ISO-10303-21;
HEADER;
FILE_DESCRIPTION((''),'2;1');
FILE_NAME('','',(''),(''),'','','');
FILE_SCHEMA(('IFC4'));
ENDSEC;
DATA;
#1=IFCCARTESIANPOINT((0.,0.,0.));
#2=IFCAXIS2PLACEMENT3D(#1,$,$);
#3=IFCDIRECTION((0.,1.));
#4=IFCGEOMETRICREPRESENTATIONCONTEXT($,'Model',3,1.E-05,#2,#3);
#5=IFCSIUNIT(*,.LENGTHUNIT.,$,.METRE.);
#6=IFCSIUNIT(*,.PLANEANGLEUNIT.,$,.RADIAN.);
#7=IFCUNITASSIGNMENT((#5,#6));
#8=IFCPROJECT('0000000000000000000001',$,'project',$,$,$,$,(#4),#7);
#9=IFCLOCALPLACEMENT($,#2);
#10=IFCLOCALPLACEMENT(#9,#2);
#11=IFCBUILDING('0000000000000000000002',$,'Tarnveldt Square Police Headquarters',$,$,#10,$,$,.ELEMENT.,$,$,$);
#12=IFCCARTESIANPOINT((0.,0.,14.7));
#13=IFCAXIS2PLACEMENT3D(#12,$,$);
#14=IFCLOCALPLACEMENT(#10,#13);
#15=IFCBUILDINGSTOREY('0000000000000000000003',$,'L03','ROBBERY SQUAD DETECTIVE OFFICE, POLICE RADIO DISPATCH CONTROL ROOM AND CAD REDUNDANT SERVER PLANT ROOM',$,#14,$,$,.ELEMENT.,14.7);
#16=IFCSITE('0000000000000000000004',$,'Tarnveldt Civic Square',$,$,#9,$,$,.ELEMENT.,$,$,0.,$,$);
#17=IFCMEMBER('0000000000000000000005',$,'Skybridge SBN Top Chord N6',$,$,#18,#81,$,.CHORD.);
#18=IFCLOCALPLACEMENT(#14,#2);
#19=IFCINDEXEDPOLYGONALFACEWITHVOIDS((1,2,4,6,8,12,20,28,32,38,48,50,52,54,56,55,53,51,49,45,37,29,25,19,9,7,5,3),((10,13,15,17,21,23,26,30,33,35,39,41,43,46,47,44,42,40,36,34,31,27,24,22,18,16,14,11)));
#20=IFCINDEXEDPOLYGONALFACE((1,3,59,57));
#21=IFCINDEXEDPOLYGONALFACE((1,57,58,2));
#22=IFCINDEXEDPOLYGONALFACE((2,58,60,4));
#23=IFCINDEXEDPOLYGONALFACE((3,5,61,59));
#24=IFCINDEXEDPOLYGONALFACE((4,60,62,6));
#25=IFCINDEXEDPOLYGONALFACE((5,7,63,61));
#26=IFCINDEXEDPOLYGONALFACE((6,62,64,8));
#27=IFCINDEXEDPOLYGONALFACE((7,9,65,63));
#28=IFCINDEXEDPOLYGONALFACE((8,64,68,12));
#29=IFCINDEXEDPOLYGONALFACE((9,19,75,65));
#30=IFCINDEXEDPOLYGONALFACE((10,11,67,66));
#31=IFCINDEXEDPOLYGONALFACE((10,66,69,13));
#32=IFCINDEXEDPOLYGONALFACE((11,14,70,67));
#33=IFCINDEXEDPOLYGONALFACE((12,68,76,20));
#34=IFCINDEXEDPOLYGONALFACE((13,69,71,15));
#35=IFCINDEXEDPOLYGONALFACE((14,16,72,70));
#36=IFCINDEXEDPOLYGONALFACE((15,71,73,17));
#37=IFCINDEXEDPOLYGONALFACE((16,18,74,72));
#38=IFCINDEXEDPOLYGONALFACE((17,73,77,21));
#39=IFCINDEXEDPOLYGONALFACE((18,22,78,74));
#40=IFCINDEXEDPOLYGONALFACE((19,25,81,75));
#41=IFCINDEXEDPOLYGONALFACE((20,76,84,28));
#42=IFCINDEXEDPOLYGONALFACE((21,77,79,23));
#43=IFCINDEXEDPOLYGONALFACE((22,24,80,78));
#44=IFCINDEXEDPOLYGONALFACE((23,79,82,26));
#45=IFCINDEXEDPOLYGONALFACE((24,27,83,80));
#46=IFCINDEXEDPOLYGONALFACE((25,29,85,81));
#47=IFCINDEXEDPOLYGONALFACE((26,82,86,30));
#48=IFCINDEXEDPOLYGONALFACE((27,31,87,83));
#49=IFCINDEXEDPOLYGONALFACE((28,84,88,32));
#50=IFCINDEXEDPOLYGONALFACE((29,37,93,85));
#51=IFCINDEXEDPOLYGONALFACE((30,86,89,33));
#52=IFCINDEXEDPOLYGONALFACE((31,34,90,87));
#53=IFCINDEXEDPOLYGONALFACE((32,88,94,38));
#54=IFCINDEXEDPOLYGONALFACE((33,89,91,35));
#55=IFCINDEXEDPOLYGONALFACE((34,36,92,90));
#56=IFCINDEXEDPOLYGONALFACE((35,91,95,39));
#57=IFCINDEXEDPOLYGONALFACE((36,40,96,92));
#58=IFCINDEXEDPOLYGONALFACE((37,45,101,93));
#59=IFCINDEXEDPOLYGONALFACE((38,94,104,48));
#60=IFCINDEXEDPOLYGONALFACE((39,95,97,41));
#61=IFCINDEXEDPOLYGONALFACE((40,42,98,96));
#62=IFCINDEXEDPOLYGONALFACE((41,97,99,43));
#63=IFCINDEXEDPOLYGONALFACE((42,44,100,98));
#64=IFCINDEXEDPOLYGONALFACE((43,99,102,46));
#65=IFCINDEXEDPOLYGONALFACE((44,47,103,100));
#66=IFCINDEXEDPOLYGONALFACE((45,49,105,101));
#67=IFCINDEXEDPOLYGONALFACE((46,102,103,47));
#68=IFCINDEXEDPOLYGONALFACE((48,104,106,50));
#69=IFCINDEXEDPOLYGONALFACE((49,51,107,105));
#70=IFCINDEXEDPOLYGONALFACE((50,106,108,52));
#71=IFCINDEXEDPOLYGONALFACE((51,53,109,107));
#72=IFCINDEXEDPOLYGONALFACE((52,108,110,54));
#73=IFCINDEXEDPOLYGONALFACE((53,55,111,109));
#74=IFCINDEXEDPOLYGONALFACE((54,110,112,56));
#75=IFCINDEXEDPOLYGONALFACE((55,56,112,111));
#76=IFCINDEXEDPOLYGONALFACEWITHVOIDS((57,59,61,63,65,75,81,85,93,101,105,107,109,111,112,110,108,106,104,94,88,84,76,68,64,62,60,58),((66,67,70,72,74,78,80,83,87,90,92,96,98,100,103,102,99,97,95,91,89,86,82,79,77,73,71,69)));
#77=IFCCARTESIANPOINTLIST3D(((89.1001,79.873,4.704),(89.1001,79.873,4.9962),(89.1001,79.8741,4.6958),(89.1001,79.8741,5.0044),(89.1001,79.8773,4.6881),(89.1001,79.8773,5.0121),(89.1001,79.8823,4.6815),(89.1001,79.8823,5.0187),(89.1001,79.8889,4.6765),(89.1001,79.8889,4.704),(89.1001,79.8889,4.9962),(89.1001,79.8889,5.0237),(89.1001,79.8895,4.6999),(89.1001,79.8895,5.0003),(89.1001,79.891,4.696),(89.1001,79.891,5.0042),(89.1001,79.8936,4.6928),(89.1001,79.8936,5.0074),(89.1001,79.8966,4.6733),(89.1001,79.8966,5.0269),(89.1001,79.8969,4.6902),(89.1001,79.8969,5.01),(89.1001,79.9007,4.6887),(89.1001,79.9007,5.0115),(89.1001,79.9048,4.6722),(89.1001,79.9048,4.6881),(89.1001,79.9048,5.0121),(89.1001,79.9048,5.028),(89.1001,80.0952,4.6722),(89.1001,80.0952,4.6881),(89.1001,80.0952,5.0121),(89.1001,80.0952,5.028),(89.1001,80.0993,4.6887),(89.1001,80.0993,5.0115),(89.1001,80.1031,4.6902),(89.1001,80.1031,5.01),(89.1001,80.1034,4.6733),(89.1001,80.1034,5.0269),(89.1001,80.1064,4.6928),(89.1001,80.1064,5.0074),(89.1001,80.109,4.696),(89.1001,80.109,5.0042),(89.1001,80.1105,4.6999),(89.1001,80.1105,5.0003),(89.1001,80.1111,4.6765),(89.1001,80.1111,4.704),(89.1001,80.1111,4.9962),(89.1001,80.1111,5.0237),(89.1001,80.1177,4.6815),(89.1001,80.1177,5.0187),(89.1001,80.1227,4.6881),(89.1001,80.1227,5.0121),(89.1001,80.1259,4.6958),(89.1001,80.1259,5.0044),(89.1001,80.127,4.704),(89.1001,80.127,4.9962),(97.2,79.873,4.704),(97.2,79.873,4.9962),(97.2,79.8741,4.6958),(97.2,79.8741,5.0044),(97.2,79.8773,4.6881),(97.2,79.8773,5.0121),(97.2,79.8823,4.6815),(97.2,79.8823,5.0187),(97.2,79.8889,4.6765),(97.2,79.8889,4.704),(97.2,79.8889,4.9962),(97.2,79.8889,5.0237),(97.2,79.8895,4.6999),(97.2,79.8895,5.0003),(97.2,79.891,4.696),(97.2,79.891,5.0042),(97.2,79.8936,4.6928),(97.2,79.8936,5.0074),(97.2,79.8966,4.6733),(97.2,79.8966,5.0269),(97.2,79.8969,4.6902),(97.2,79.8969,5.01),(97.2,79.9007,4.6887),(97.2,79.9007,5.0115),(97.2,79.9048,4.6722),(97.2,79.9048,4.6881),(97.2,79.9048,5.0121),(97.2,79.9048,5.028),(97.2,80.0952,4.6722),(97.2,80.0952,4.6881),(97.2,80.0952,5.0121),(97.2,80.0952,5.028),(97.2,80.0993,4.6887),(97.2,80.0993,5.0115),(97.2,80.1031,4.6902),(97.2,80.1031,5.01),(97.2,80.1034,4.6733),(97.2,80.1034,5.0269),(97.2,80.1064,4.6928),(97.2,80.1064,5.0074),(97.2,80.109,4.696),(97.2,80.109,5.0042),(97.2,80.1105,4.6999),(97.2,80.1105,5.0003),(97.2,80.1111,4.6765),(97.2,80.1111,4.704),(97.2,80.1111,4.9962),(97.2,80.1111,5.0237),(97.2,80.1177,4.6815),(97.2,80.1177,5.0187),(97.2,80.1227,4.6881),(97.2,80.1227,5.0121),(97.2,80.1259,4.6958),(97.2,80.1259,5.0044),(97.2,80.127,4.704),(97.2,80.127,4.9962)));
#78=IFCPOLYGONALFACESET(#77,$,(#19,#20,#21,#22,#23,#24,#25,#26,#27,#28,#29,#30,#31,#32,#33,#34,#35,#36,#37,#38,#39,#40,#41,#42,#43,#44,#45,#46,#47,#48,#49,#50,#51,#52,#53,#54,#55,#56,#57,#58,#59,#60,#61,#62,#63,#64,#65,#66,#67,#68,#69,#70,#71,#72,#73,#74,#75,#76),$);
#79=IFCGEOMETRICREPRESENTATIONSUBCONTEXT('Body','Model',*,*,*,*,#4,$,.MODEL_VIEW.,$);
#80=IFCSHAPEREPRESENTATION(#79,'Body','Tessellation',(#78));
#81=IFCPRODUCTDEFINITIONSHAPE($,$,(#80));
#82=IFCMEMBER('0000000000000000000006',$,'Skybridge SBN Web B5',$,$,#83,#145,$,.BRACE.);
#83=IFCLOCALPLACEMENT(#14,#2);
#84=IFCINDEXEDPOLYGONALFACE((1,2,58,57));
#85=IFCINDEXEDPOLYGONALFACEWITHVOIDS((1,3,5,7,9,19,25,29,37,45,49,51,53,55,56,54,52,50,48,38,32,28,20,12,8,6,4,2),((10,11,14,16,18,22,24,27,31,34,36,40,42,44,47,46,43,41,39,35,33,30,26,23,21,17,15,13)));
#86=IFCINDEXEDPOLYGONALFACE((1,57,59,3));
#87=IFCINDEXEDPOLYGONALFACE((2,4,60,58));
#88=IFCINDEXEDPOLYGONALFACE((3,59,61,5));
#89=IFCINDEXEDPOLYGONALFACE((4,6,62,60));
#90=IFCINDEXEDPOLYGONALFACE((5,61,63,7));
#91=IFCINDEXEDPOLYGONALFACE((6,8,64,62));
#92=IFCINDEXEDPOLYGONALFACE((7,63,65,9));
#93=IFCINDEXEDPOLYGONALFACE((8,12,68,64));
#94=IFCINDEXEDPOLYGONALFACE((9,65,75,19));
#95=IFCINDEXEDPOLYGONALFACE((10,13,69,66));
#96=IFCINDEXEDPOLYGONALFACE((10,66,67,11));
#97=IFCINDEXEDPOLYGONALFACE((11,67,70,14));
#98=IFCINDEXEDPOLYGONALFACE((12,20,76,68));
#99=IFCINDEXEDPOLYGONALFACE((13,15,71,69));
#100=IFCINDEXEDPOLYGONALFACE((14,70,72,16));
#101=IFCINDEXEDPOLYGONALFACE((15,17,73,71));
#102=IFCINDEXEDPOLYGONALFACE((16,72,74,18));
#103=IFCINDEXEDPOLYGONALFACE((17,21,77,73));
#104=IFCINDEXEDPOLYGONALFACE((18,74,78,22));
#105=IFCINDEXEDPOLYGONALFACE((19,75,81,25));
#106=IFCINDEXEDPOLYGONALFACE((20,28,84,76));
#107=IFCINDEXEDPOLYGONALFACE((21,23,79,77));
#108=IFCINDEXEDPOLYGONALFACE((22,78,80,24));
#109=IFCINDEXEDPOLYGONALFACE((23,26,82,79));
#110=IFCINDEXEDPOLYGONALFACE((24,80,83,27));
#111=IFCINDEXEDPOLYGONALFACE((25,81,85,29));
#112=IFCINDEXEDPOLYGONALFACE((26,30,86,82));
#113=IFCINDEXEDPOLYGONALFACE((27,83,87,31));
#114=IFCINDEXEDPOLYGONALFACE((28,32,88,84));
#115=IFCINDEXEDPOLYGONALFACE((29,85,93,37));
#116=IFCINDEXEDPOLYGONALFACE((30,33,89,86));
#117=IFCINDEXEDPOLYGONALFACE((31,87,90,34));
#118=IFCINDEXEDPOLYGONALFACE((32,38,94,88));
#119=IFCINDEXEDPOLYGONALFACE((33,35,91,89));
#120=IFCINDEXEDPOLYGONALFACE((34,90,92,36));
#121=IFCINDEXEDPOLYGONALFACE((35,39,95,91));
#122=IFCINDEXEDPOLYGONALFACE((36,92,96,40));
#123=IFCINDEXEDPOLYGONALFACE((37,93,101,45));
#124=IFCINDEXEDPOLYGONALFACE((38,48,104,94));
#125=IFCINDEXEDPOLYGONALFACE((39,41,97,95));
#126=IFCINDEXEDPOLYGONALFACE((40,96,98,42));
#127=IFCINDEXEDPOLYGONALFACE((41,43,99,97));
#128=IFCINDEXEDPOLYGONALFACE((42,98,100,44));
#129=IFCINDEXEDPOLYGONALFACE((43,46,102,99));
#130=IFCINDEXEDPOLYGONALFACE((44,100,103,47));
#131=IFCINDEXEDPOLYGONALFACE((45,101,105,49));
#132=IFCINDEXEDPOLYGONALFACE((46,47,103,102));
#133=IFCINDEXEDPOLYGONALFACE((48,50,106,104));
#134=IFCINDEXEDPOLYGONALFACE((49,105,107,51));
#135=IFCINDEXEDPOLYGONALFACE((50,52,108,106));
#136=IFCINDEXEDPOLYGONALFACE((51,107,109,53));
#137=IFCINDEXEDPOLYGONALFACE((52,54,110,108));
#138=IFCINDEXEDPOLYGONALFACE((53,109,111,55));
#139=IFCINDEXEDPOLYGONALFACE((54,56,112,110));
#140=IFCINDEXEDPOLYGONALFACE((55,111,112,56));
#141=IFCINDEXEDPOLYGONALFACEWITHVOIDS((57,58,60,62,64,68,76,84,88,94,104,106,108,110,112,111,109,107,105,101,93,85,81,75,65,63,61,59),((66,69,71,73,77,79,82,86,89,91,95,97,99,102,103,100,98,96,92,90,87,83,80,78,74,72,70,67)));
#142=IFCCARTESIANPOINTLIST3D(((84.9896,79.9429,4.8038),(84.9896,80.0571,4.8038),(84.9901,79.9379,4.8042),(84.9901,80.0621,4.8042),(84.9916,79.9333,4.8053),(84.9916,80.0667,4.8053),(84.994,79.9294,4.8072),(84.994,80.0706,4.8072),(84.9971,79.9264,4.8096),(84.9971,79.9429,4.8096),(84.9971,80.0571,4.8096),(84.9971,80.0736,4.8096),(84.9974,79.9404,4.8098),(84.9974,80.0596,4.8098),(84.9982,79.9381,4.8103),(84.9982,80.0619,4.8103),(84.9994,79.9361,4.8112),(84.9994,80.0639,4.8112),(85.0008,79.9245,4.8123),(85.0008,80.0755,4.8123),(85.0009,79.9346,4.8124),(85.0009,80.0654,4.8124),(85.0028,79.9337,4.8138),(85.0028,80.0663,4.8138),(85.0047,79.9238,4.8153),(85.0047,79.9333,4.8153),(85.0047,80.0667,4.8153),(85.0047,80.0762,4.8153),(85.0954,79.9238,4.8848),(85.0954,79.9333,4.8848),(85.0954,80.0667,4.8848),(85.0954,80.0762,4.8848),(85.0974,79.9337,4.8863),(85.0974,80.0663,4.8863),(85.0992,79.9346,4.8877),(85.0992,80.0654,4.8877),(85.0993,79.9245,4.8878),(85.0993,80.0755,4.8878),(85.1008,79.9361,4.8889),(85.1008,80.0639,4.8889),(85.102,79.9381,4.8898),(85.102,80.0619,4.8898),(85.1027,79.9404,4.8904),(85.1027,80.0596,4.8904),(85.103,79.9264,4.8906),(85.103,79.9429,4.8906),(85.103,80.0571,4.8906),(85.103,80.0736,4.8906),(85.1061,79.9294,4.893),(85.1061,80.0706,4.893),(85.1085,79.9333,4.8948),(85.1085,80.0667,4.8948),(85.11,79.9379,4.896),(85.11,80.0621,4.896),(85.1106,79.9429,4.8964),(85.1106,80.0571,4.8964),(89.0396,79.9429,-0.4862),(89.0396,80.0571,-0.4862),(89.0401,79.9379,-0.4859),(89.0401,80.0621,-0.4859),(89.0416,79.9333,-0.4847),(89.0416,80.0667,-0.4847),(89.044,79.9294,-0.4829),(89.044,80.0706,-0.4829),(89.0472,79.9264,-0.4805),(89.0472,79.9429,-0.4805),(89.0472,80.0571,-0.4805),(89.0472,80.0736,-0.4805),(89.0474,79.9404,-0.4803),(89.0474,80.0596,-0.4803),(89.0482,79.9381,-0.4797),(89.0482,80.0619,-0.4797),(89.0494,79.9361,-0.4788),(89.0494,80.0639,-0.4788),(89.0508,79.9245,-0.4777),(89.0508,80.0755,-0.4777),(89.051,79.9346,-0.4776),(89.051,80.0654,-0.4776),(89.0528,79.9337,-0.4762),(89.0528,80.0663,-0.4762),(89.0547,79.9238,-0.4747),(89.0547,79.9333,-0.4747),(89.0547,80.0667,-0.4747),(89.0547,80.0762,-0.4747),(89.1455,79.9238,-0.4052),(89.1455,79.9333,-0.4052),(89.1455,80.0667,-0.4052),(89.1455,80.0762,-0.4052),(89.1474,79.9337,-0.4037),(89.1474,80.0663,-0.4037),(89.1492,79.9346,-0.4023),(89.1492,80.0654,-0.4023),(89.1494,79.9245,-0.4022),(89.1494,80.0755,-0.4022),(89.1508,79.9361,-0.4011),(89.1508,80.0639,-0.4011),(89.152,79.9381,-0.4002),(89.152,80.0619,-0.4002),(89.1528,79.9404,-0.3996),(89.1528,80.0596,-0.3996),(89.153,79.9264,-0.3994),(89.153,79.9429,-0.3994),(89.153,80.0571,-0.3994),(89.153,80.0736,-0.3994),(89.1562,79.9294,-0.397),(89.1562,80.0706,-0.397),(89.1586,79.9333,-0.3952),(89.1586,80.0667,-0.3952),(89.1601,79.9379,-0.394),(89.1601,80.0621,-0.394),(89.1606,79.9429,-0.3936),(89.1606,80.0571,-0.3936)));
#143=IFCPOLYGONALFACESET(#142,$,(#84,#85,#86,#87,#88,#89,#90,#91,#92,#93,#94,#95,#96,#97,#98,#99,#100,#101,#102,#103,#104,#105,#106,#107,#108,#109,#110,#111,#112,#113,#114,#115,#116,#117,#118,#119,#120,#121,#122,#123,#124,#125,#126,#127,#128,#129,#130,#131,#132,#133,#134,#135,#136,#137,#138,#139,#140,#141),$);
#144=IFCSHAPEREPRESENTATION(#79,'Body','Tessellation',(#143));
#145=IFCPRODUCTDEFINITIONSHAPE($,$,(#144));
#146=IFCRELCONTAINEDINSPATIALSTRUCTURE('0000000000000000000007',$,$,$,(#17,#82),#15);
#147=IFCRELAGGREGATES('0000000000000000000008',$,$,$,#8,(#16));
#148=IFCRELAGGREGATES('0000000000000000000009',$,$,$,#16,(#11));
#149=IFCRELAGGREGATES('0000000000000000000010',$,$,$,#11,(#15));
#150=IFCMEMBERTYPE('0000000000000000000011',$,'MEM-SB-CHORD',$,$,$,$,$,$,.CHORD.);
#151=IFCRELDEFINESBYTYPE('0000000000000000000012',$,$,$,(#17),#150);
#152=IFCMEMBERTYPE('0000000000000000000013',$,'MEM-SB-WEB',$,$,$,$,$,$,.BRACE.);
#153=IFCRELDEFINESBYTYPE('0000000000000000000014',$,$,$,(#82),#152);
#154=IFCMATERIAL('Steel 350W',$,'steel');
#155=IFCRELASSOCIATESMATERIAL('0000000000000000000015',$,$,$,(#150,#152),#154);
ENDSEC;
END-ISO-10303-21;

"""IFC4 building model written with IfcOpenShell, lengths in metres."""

from ifc_helpers import new_model, si_unit, direction, frame, origin, origin_2d, place, context, subcontext, project, spatial, hollow_rectangle, extrude, material, material_profile, profile_set, type_object, element, save


model = new_model("IFC4")

# Units and contexts
model_context = context("Model", 3, precision=1e-05, world=origin(), true_north=direction((0.0, 1.0)))
body_context = subcontext(model_context, "Body", "Model", "MODEL_VIEW")
ifc_project = project(units=[si_unit("LENGTHUNIT", "METRE"), si_unit("PLANEANGLEUNIT", "RADIAN")], contexts=[model_context])

# Site, building, storey
site_placement = place(None, origin())
site = spatial("IfcSite", under=ifc_project, at=site_placement, Name="Tarnveldt Civic Square", CompositionType="ELEMENT", RefElevation=0.0)
building_placement = place(site_placement, origin())
building = spatial("IfcBuilding", under=site, at=building_placement, Name="Tarnveldt Square Police Headquarters", CompositionType="ELEMENT")
storey_placement = place(building_placement, frame((0.0, 0.0, 14.7)))
storey = spatial("IfcBuildingStorey", under=building, at=storey_placement, Name="L03", Description="ROBBERY SQUAD DETECTIVE OFFICE, POLICE RADIO DISPATCH CONTROL ROOM AND CAD REDUNDANT SERVER PLANT ROOM", CompositionType="ELEMENT", Elevation=14.7)

# Shared definitions
ifc_material_1 = material(Name="Steel 350W", Category="steel")

# Members
ifc_material_profile_1 = material_profile(ifc_material_1, hollow_rectangle(XDim=0.2539, YDim=0.3557, WallThickness=0.0159, InnerFilletRadius=0.0159, OuterFilletRadius=0.0317, at=origin_2d()), Name="HSS356x254x16")
ifc_profile_set_1 = profile_set([ifc_material_profile_1], Name="Steel 350W")
member_type_1 = type_object("IfcMemberType", Name="MEM-SB-CHORD", PredefinedType="CHORD", material=ifc_profile_set_1)
for number, where, z_axis, x_axis, name in (
    (1, (89.1001, 80.0, 4.8501), (1.0, 0.0, 0.0), (0.0, 1.0, 0.0), "Skybridge SBN Top Chord N6"),
):
    element("IfcMember", number, at=place(storey_placement, frame(where, z_axis=z_axis, x_axis=x_axis)), inside=storey, type_object=member_type_1, Name=name, PredefinedType="CHORD", context=body_context, shape_type="SweptSolid", body=[
        extrude(hollow_rectangle(XDim=0.2539, YDim=0.3557, WallThickness=0.0159, InnerFilletRadius=0.0159, OuterFilletRadius=0.0317, at=origin_2d()), origin(), (0.0, 0.0, 1.0), 8.0999),
    ])
ifc_material_profile_2 = material_profile(ifc_material_1, hollow_rectangle(XDim=0.1523, YDim=0.1523, WallThickness=0.0095, InnerFilletRadius=0.0095, OuterFilletRadius=0.019, at=origin_2d()), Name="HSS152x152x9.5")
ifc_profile_set_2 = profile_set([ifc_material_profile_2], Name="Steel 350W")
member_type_2 = type_object("IfcMemberType", Name="MEM-SB-WEB", PredefinedType="BRACE", material=ifc_profile_set_2)
for number, where, z_axis, x_axis, name in (
    (2, (89.1001, 80.0, -0.4399), (-0.607898, 0.0, 0.794016), (0.0, -1.0, 0.0), "Skybridge SBN Web B5"),
):
    element("IfcMember", number, at=place(storey_placement, frame(where, z_axis=z_axis, x_axis=x_axis)), inside=storey, type_object=member_type_2, Name=name, PredefinedType="BRACE", context=body_context, shape_type="SweptSolid", body=[
        extrude(hollow_rectangle(XDim=0.1523, YDim=0.1523, WallThickness=0.0095, InnerFilletRadius=0.0095, OuterFilletRadius=0.019, at=origin_2d()), origin(), (0.0, 0.0, 1.0), 6.6624),
    ])

save(model, "model.ifc")
